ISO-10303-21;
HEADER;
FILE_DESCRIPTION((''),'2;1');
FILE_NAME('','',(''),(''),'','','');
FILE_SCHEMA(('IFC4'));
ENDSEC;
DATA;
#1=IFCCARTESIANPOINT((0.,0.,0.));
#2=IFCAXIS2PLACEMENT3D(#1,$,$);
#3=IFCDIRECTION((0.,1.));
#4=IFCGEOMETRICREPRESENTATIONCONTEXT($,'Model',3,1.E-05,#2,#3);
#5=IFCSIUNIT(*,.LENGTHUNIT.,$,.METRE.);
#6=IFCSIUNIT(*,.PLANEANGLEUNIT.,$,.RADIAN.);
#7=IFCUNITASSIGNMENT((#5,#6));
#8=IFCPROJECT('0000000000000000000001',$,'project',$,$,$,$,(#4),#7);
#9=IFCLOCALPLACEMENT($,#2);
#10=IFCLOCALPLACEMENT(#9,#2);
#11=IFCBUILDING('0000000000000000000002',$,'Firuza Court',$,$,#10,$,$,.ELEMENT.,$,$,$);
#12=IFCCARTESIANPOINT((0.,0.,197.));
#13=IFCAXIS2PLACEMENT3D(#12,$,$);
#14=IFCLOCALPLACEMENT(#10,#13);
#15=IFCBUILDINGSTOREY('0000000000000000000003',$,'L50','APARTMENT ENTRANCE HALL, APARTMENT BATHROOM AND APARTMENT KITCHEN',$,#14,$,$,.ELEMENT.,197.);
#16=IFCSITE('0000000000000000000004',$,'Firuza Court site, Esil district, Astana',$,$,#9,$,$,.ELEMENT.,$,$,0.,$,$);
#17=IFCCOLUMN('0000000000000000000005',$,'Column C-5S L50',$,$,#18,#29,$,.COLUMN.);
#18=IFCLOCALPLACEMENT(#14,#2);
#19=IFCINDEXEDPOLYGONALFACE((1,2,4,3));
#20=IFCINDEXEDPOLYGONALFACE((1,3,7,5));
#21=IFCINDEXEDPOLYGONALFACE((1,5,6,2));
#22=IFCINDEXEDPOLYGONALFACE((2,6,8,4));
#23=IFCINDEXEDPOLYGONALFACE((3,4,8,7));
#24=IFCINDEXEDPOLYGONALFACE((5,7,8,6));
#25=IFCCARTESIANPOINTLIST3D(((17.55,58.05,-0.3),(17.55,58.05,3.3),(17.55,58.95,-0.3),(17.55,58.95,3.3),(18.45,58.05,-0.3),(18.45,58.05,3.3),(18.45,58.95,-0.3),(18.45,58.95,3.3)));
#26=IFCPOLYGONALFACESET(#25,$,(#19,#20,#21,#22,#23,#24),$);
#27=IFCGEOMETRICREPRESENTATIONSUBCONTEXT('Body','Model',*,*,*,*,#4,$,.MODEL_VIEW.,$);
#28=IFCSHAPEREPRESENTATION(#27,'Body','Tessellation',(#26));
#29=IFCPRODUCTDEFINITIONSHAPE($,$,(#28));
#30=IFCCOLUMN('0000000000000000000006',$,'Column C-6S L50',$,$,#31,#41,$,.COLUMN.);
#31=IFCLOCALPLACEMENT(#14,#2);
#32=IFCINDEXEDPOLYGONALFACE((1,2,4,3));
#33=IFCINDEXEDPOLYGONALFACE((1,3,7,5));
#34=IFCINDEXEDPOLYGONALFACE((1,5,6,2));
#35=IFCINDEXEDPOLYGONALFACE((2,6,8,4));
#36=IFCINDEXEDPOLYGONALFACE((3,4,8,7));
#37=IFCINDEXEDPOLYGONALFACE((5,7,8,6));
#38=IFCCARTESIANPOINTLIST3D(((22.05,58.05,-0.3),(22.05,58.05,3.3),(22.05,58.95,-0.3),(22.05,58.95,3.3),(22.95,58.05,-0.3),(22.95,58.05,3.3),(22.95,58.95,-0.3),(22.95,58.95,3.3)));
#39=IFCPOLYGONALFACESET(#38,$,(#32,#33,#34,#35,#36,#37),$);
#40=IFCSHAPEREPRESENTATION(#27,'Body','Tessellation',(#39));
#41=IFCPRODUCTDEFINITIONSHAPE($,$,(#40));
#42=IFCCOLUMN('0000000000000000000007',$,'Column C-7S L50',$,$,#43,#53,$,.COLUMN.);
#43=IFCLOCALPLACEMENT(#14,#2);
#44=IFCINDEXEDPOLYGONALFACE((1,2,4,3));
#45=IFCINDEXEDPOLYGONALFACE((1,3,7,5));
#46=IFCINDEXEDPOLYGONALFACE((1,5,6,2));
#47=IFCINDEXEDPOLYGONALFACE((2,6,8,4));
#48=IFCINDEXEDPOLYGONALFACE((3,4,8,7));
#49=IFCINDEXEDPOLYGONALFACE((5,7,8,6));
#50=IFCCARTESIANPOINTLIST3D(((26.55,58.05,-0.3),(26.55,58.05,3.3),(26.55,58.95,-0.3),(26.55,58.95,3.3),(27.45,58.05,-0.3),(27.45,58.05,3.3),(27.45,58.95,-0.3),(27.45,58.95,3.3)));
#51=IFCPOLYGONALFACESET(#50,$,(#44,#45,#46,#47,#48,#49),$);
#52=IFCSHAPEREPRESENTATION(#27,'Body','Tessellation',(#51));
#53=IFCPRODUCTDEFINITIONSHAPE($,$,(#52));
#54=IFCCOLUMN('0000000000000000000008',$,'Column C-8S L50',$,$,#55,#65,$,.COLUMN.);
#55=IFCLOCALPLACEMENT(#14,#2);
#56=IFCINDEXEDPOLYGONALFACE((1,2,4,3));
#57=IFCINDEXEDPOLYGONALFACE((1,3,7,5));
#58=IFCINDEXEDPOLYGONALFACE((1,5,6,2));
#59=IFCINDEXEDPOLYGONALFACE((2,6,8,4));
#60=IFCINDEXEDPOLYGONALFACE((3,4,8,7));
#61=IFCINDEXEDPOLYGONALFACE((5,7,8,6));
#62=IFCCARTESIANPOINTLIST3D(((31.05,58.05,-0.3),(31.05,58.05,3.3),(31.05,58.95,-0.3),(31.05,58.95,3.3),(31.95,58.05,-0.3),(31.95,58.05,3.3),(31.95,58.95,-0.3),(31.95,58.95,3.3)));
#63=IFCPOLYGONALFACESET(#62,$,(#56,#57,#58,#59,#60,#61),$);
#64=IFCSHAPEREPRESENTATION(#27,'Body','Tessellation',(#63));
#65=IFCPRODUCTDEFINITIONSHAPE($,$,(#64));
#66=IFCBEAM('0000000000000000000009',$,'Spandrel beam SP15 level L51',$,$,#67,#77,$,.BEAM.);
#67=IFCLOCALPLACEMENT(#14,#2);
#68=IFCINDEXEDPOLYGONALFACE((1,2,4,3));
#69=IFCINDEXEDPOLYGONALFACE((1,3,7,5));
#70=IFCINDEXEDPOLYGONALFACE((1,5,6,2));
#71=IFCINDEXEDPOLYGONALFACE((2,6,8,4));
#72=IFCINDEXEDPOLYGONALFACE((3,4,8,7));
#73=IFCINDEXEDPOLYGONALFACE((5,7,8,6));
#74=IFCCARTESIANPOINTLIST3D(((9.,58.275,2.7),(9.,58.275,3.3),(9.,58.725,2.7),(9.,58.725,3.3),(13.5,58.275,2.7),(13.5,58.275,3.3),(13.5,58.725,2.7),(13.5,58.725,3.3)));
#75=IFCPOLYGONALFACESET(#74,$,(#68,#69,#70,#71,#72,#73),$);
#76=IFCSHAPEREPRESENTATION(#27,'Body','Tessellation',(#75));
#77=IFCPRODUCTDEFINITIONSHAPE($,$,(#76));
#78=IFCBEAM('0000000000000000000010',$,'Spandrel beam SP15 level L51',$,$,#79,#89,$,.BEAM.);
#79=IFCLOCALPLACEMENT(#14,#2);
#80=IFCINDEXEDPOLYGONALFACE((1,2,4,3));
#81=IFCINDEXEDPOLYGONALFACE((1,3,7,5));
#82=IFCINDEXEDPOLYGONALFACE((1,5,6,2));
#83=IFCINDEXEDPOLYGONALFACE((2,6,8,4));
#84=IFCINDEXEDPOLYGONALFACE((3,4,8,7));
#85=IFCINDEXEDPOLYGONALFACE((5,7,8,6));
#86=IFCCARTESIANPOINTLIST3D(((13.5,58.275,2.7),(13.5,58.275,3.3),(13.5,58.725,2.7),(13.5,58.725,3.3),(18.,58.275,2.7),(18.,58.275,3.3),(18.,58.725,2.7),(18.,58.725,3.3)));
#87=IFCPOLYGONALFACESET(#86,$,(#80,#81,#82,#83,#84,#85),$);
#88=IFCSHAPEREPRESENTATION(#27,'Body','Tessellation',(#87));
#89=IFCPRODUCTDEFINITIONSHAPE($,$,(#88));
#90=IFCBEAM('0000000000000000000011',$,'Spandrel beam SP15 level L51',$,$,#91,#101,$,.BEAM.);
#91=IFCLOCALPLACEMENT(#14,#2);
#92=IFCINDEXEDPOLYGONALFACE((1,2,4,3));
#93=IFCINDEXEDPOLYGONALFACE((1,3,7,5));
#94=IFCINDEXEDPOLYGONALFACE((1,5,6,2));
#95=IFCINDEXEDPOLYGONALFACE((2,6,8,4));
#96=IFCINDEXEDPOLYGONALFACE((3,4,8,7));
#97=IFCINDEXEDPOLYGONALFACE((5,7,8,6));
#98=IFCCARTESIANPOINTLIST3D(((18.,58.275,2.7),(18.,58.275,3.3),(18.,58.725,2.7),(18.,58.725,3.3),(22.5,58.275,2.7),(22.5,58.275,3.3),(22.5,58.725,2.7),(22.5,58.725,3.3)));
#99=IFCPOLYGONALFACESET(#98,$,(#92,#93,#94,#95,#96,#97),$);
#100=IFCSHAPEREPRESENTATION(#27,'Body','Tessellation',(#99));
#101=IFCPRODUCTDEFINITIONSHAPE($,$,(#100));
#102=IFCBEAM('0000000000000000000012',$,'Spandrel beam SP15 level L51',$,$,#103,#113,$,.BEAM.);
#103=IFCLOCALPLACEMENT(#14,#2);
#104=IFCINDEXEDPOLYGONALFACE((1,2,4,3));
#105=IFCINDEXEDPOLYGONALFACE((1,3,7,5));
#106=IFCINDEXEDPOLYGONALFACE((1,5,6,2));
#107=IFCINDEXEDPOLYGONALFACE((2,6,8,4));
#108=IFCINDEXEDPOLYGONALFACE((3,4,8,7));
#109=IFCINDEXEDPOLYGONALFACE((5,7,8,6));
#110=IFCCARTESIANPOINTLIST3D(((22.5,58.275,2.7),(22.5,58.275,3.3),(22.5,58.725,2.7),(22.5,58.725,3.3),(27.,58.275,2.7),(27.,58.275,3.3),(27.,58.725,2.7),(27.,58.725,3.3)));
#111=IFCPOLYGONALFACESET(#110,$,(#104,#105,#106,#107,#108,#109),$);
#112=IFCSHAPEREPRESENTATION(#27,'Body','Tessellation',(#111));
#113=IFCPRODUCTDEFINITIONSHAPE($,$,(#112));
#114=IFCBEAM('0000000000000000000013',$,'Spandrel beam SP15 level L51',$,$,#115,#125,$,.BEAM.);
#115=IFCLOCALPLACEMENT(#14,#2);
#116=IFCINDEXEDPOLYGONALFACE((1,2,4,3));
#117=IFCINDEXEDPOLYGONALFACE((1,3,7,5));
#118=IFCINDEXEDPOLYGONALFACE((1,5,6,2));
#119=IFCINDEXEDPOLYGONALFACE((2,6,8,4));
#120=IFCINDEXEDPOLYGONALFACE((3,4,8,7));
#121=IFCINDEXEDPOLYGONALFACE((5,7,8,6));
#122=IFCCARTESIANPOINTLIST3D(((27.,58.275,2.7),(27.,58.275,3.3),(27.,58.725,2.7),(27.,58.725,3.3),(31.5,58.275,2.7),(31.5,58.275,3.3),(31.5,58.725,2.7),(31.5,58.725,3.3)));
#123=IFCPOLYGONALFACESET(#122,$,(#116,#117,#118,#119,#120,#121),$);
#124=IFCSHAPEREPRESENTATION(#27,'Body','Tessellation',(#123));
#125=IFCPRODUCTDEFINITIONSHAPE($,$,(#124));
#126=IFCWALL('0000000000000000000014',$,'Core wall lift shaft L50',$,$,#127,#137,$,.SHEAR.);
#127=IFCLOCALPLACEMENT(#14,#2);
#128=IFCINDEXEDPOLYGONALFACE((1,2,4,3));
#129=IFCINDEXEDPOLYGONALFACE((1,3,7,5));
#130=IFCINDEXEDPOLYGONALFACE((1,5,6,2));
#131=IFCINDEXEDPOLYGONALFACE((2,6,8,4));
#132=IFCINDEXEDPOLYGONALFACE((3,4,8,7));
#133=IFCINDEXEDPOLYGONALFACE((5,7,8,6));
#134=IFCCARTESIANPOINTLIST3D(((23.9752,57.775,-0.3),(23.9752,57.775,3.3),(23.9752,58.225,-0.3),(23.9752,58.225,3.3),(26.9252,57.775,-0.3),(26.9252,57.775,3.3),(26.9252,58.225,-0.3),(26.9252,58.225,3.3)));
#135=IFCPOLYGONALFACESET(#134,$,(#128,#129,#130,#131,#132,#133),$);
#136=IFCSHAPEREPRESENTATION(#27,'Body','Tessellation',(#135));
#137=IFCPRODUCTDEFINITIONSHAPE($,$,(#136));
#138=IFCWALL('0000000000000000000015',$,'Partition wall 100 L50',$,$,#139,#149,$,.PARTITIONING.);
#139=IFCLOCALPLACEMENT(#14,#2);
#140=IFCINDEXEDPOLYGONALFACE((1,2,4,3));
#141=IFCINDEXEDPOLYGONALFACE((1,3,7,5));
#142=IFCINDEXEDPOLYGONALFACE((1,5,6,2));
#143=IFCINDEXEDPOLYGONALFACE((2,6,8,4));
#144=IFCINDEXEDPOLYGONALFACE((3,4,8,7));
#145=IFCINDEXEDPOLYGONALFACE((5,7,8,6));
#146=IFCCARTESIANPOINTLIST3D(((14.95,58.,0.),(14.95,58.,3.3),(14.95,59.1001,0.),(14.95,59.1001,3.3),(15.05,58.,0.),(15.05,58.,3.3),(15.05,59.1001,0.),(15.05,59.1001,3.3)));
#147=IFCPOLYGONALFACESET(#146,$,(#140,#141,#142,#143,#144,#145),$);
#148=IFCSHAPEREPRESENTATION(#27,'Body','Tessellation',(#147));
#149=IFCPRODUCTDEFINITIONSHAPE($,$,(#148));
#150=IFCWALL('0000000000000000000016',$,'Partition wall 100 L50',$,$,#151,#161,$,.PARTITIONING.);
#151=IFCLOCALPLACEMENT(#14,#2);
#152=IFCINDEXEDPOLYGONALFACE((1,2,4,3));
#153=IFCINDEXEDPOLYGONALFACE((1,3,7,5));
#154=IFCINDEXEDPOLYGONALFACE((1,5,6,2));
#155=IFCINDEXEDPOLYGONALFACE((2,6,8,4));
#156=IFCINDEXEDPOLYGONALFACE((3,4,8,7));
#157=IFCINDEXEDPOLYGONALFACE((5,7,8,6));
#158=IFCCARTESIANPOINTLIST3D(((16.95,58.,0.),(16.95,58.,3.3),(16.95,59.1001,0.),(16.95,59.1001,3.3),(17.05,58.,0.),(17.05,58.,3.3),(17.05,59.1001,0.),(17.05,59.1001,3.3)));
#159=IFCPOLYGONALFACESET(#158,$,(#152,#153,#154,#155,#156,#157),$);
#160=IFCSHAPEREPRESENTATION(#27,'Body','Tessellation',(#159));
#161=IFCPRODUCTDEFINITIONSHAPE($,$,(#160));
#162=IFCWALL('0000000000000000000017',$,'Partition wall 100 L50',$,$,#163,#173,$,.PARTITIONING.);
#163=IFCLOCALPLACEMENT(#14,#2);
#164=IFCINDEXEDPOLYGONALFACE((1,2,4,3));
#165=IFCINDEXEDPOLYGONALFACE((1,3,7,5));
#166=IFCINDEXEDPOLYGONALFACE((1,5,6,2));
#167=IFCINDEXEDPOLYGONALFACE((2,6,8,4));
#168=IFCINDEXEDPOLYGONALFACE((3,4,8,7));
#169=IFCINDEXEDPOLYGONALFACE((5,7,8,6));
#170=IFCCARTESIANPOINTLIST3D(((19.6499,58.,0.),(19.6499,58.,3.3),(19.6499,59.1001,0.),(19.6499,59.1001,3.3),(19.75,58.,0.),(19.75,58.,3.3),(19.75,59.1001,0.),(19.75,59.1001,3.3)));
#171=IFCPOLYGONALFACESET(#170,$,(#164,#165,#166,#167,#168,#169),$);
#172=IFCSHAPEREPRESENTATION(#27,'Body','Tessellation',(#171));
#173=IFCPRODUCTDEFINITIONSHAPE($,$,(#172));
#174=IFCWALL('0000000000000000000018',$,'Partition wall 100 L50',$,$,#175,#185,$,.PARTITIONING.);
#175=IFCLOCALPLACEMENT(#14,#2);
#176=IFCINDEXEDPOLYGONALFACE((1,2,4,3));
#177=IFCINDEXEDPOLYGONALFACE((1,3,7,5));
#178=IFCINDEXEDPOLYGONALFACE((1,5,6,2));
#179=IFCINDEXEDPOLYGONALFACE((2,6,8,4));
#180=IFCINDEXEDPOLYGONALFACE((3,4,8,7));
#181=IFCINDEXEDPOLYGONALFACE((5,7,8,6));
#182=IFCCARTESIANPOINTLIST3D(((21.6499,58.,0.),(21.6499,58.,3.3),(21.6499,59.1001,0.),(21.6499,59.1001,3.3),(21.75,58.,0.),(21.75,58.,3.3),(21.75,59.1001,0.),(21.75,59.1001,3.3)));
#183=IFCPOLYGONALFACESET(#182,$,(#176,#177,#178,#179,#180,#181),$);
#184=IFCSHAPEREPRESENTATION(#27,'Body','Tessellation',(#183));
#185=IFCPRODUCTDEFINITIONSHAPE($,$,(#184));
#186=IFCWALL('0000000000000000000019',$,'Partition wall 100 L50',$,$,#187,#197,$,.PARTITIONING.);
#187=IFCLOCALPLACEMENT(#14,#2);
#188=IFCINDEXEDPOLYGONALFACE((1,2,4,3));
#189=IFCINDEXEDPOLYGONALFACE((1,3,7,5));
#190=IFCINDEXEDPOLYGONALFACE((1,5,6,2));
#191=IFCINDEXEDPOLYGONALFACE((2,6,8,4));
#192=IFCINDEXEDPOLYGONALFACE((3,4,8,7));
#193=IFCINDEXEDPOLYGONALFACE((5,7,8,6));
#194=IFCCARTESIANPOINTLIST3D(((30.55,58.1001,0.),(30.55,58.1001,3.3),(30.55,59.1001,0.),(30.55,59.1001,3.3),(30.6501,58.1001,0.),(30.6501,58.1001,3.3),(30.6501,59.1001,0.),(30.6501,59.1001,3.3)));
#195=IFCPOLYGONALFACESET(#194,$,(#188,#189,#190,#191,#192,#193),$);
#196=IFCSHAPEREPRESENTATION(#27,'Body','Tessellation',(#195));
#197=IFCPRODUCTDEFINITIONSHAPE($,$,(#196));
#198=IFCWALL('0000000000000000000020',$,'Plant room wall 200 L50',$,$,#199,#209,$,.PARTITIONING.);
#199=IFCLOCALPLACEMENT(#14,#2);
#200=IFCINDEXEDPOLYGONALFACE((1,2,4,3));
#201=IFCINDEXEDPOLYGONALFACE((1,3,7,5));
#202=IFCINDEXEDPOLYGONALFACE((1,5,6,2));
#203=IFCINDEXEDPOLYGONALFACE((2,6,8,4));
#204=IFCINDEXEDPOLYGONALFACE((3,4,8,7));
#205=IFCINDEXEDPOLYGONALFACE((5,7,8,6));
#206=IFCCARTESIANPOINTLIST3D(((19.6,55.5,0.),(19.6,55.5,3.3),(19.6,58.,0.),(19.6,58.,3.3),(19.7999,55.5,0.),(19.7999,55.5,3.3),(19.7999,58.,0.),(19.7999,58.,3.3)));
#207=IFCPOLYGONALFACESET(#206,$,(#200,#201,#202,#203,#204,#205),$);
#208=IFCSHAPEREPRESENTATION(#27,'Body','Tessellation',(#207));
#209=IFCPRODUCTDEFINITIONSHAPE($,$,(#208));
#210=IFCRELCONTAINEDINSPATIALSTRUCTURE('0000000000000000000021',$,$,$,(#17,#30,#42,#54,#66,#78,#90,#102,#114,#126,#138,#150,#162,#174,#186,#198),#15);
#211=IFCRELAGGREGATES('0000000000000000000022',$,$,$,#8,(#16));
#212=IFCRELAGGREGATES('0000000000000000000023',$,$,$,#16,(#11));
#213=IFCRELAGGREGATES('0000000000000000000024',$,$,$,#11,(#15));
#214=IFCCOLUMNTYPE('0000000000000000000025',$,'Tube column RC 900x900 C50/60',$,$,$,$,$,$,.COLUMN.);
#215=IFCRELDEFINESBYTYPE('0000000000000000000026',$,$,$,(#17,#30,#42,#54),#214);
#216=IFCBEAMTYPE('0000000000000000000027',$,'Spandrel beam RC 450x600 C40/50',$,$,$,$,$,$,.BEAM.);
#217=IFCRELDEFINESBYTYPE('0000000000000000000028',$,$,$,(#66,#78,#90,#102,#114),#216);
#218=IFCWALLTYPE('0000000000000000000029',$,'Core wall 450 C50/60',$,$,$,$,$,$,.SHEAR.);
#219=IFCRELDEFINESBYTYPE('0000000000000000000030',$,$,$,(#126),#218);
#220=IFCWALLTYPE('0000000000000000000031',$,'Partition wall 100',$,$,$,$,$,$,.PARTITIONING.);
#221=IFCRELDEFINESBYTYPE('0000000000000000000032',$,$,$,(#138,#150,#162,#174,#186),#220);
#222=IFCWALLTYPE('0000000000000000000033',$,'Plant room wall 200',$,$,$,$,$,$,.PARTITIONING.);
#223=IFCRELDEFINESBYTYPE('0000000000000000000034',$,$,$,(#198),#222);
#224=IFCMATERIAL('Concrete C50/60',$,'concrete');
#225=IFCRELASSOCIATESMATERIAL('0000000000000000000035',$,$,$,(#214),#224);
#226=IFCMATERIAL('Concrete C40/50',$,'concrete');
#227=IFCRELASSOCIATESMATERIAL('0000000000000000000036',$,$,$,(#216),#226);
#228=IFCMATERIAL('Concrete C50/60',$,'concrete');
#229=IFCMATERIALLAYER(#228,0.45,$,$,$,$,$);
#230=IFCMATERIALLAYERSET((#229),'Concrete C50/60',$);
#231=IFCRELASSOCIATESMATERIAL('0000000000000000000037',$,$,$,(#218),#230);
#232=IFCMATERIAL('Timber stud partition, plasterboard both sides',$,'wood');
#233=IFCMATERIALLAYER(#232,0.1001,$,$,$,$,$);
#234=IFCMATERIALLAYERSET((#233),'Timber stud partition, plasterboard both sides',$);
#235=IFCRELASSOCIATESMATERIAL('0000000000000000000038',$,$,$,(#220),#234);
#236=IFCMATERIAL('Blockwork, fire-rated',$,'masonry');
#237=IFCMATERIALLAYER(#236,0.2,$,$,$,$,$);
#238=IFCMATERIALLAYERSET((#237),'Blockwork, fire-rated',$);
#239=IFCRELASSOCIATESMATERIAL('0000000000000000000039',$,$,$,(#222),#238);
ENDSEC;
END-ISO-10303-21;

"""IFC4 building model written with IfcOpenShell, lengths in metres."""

from ifc_helpers import new_model, si_unit, direction, frame, frame_2d, origin, origin_2d, place, context, subcontext, project, spatial, rectangle, extrude, material, layer, layer_set, material_profile, profile_set, type_object, element, save


model = new_model("IFC4")

# Units and contexts
model_context = context("Model", 3, precision=1e-05, world=origin(), true_north=direction((0.0, 1.0)))
body_context = subcontext(model_context, "Body", "Model", "MODEL_VIEW")
ifc_project = project(units=[si_unit("LENGTHUNIT", "METRE"), si_unit("PLANEANGLEUNIT", "RADIAN")], contexts=[model_context])

# Site, building, storey
site_placement = place(None, origin())
site = spatial("IfcSite", under=ifc_project, at=site_placement, Name="Firuza Court site, Esil district, Astana", CompositionType="ELEMENT", RefElevation=0.0)
building_placement = place(site_placement, origin())
building = spatial("IfcBuilding", under=site, at=building_placement, Name="Firuza Court", CompositionType="ELEMENT")
storey_placement = place(building_placement, frame((0.0, 0.0, 197.0)))
storey = spatial("IfcBuildingStorey", under=building, at=storey_placement, Name="L50", Description="APARTMENT ENTRANCE HALL, APARTMENT BATHROOM AND APARTMENT KITCHEN", CompositionType="ELEMENT", Elevation=197.0)

# Columns
ifc_material_1 = material(Name="Concrete C50/60", Category="concrete")
ifc_material_profile_1 = material_profile(ifc_material_1, rectangle(XDim=0.8999, YDim=0.8999, at=origin_2d()), Name="RC 900x900")
ifc_profile_set_1 = profile_set([ifc_material_profile_1], Name="Concrete C50/60")
column_type = type_object("IfcColumnType", Name="Tube column RC 900x900 C50/60", PredefinedType="COLUMN", material=ifc_profile_set_1)
for number, where, z_axis, x_axis, name in (
    (1, (18.0, 58.5, -0.3), (0.0, 0.0, 1.0), (1.0, 0.0, 0.0), "Column C-5S L50"),
    (2, (22.5, 58.5, -0.3), (0.0, 0.0, 1.0), (1.0, 0.0, 0.0), "Column C-6S L50"),
    (3, (27.0, 58.5, -0.3), (0.0, 0.0, 1.0), (1.0, 0.0, 0.0), "Column C-7S L50"),
    (4, (31.5, 58.5, -0.3), (0.0, 0.0, 1.0), (1.0, 0.0, 0.0), "Column C-8S L50"),
):
    element("IfcColumn", number, at=place(storey_placement, frame(where, z_axis=z_axis, x_axis=x_axis)), inside=storey, type_object=column_type, Name=name, PredefinedType="COLUMN", context=body_context, shape_type="SweptSolid", body=[
        extrude(rectangle(XDim=0.8999, YDim=0.8999, at=origin_2d()), origin(), (0.0, 0.0, 1.0), 3.6001),
    ])

# Beams
ifc_material_2 = material(Name="Concrete C40/50", Category="concrete")
ifc_material_profile_2 = material_profile(ifc_material_2, rectangle(XDim=0.45, YDim=0.6001, at=origin_2d()), Name="RC 450x600")
ifc_profile_set_2 = profile_set([ifc_material_profile_2], Name="Concrete C40/50")
beam_type = type_object("IfcBeamType", Name="Spandrel beam RC 450x600 C40/50", PredefinedType="BEAM", material=ifc_profile_set_2)
for number, where, z_axis, x_axis, name in (
    (5, (13.5, 58.5, 3.0), (-1.0, 0.0, 0.0), (0.0, -1.0, 0.0), "Spandrel beam SP15 level L51"),
    (6, (18.0, 58.5, 3.0), (-1.0, 0.0, 0.0), (0.0, -1.0, 0.0), "Spandrel beam SP15 level L51"),
    (7, (22.5, 58.5, 3.0), (-1.0, 0.0, 0.0), (0.0, -1.0, 0.0), "Spandrel beam SP15 level L51"),
    (8, (27.0, 58.5, 3.0), (-1.0, 0.0, 0.0), (0.0, -1.0, 0.0), "Spandrel beam SP15 level L51"),
    (9, (31.5, 58.5, 3.0), (-1.0, 0.0, 0.0), (0.0, -1.0, 0.0), "Spandrel beam SP15 level L51"),
):
    element("IfcBeam", number, at=place(storey_placement, frame(where, z_axis=z_axis, x_axis=x_axis)), inside=storey, type_object=beam_type, Name=name, PredefinedType="BEAM", context=body_context, shape_type="SweptSolid", body=[
        extrude(rectangle(XDim=0.45, YDim=0.6001, at=origin_2d()), origin(), (0.0, 0.0, 1.0), 4.5),
    ])

# Walls
ifc_material_3 = material(Name="Concrete C50/60", Category="concrete")
ifc_layer_1 = layer(ifc_material_3, 0.45)
ifc_layer_set_1 = layer_set([ifc_layer_1], Name="Concrete C50/60")
wall_type_1 = type_object("IfcWallType", Name="Core wall 450 C50/60", PredefinedType="SHEAR", material=ifc_layer_set_1)
wall_1_placement = place(storey_placement, frame((23.9751, 58.0, -0.3), z_axis=(0.0, 0.0, 1.0), x_axis=(1.0, 0.0, 0.0)))
element("IfcWall", 10, at=wall_1_placement, inside=storey, type_object=wall_type_1, Name="Core wall lift shaft L50", PredefinedType="SHEAR", context=body_context, shape_type="SweptSolid", body=[
    extrude(rectangle(XDim=2.95, YDim=0.45, at=frame_2d((1.4751, 0.0))), origin(), (0.0, 0.0, 1.0), 3.6001),
])
ifc_material_4 = material(Name="Timber stud partition, plasterboard both sides", Category="wood")
ifc_layer_2 = layer(ifc_material_4, 0.1001)
ifc_layer_set_2 = layer_set([ifc_layer_2], Name="Timber stud partition, plasterboard both sides")
wall_type_2 = type_object("IfcWallType", Name="Partition wall 100", PredefinedType="PARTITIONING", material=ifc_layer_set_2)
for number, where, z_axis, x_axis, name in (
    (11, (15.0, 58.0, 0.0), (0.0, 0.0, 1.0), (0.0, 1.0, 0.0), "Partition wall 100 L50"),
    (12, (17.0, 58.0, 0.0), (0.0, 0.0, 1.0), (0.0, 1.0, 0.0), "Partition wall 100 L50"),
    (13, (19.7, 58.0, 0.0), (0.0, 0.0, 1.0), (0.0, 1.0, 0.0), "Partition wall 100 L50"),
    (14, (21.7, 58.0, 0.0), (0.0, 0.0, 1.0), (0.0, 1.0, 0.0), "Partition wall 100 L50"),
):
    element("IfcWall", number, at=place(storey_placement, frame(where, z_axis=z_axis, x_axis=x_axis)), inside=storey, type_object=wall_type_2, Name=name, PredefinedType="PARTITIONING", context=body_context, shape_type="SweptSolid", body=[
        extrude(rectangle(XDim=1.1001, YDim=0.1001, at=frame_2d((0.55, 0.0))), origin(), (0.0, 0.0, 1.0), 3.3),
    ])
wall_2_placement = place(storey_placement, frame((30.6001, 58.1001, 0.0), z_axis=(0.0, 0.0, 1.0), x_axis=(0.0, 1.0, 0.0)))
element("IfcWall", 15, at=wall_2_placement, inside=storey, type_object=wall_type_2, Name="Partition wall 100 L50", PredefinedType="PARTITIONING", context=body_context, shape_type="SweptSolid", body=[
    extrude(rectangle(XDim=1.0, YDim=0.1001, at=frame_2d((0.5, 0.0))), origin(), (0.0, 0.0, 1.0), 3.3),
])
ifc_material_5 = material(Name="Blockwork, fire-rated", Category="masonry")
ifc_layer_3 = layer(ifc_material_5, 0.2)
ifc_layer_set_3 = layer_set([ifc_layer_3], Name="Blockwork, fire-rated")
wall_type_3 = type_object("IfcWallType", Name="Plant room wall 200", PredefinedType="PARTITIONING", material=ifc_layer_set_3)
wall_3_placement = place(storey_placement, frame((19.7, 55.5, 0.0), z_axis=(0.0, 0.0, 1.0), x_axis=(0.0, 1.0, 0.0)))
element("IfcWall", 16, at=wall_3_placement, inside=storey, type_object=wall_type_3, Name="Plant room wall 200 L50", PredefinedType="PARTITIONING", context=body_context, shape_type="SweptSolid", body=[
    extrude(rectangle(XDim=2.5, YDim=0.2, at=frame_2d((1.25, 0.0))), origin(), (0.0, 0.0, 1.0), 3.3),
])

save(model, "model.ifc")
